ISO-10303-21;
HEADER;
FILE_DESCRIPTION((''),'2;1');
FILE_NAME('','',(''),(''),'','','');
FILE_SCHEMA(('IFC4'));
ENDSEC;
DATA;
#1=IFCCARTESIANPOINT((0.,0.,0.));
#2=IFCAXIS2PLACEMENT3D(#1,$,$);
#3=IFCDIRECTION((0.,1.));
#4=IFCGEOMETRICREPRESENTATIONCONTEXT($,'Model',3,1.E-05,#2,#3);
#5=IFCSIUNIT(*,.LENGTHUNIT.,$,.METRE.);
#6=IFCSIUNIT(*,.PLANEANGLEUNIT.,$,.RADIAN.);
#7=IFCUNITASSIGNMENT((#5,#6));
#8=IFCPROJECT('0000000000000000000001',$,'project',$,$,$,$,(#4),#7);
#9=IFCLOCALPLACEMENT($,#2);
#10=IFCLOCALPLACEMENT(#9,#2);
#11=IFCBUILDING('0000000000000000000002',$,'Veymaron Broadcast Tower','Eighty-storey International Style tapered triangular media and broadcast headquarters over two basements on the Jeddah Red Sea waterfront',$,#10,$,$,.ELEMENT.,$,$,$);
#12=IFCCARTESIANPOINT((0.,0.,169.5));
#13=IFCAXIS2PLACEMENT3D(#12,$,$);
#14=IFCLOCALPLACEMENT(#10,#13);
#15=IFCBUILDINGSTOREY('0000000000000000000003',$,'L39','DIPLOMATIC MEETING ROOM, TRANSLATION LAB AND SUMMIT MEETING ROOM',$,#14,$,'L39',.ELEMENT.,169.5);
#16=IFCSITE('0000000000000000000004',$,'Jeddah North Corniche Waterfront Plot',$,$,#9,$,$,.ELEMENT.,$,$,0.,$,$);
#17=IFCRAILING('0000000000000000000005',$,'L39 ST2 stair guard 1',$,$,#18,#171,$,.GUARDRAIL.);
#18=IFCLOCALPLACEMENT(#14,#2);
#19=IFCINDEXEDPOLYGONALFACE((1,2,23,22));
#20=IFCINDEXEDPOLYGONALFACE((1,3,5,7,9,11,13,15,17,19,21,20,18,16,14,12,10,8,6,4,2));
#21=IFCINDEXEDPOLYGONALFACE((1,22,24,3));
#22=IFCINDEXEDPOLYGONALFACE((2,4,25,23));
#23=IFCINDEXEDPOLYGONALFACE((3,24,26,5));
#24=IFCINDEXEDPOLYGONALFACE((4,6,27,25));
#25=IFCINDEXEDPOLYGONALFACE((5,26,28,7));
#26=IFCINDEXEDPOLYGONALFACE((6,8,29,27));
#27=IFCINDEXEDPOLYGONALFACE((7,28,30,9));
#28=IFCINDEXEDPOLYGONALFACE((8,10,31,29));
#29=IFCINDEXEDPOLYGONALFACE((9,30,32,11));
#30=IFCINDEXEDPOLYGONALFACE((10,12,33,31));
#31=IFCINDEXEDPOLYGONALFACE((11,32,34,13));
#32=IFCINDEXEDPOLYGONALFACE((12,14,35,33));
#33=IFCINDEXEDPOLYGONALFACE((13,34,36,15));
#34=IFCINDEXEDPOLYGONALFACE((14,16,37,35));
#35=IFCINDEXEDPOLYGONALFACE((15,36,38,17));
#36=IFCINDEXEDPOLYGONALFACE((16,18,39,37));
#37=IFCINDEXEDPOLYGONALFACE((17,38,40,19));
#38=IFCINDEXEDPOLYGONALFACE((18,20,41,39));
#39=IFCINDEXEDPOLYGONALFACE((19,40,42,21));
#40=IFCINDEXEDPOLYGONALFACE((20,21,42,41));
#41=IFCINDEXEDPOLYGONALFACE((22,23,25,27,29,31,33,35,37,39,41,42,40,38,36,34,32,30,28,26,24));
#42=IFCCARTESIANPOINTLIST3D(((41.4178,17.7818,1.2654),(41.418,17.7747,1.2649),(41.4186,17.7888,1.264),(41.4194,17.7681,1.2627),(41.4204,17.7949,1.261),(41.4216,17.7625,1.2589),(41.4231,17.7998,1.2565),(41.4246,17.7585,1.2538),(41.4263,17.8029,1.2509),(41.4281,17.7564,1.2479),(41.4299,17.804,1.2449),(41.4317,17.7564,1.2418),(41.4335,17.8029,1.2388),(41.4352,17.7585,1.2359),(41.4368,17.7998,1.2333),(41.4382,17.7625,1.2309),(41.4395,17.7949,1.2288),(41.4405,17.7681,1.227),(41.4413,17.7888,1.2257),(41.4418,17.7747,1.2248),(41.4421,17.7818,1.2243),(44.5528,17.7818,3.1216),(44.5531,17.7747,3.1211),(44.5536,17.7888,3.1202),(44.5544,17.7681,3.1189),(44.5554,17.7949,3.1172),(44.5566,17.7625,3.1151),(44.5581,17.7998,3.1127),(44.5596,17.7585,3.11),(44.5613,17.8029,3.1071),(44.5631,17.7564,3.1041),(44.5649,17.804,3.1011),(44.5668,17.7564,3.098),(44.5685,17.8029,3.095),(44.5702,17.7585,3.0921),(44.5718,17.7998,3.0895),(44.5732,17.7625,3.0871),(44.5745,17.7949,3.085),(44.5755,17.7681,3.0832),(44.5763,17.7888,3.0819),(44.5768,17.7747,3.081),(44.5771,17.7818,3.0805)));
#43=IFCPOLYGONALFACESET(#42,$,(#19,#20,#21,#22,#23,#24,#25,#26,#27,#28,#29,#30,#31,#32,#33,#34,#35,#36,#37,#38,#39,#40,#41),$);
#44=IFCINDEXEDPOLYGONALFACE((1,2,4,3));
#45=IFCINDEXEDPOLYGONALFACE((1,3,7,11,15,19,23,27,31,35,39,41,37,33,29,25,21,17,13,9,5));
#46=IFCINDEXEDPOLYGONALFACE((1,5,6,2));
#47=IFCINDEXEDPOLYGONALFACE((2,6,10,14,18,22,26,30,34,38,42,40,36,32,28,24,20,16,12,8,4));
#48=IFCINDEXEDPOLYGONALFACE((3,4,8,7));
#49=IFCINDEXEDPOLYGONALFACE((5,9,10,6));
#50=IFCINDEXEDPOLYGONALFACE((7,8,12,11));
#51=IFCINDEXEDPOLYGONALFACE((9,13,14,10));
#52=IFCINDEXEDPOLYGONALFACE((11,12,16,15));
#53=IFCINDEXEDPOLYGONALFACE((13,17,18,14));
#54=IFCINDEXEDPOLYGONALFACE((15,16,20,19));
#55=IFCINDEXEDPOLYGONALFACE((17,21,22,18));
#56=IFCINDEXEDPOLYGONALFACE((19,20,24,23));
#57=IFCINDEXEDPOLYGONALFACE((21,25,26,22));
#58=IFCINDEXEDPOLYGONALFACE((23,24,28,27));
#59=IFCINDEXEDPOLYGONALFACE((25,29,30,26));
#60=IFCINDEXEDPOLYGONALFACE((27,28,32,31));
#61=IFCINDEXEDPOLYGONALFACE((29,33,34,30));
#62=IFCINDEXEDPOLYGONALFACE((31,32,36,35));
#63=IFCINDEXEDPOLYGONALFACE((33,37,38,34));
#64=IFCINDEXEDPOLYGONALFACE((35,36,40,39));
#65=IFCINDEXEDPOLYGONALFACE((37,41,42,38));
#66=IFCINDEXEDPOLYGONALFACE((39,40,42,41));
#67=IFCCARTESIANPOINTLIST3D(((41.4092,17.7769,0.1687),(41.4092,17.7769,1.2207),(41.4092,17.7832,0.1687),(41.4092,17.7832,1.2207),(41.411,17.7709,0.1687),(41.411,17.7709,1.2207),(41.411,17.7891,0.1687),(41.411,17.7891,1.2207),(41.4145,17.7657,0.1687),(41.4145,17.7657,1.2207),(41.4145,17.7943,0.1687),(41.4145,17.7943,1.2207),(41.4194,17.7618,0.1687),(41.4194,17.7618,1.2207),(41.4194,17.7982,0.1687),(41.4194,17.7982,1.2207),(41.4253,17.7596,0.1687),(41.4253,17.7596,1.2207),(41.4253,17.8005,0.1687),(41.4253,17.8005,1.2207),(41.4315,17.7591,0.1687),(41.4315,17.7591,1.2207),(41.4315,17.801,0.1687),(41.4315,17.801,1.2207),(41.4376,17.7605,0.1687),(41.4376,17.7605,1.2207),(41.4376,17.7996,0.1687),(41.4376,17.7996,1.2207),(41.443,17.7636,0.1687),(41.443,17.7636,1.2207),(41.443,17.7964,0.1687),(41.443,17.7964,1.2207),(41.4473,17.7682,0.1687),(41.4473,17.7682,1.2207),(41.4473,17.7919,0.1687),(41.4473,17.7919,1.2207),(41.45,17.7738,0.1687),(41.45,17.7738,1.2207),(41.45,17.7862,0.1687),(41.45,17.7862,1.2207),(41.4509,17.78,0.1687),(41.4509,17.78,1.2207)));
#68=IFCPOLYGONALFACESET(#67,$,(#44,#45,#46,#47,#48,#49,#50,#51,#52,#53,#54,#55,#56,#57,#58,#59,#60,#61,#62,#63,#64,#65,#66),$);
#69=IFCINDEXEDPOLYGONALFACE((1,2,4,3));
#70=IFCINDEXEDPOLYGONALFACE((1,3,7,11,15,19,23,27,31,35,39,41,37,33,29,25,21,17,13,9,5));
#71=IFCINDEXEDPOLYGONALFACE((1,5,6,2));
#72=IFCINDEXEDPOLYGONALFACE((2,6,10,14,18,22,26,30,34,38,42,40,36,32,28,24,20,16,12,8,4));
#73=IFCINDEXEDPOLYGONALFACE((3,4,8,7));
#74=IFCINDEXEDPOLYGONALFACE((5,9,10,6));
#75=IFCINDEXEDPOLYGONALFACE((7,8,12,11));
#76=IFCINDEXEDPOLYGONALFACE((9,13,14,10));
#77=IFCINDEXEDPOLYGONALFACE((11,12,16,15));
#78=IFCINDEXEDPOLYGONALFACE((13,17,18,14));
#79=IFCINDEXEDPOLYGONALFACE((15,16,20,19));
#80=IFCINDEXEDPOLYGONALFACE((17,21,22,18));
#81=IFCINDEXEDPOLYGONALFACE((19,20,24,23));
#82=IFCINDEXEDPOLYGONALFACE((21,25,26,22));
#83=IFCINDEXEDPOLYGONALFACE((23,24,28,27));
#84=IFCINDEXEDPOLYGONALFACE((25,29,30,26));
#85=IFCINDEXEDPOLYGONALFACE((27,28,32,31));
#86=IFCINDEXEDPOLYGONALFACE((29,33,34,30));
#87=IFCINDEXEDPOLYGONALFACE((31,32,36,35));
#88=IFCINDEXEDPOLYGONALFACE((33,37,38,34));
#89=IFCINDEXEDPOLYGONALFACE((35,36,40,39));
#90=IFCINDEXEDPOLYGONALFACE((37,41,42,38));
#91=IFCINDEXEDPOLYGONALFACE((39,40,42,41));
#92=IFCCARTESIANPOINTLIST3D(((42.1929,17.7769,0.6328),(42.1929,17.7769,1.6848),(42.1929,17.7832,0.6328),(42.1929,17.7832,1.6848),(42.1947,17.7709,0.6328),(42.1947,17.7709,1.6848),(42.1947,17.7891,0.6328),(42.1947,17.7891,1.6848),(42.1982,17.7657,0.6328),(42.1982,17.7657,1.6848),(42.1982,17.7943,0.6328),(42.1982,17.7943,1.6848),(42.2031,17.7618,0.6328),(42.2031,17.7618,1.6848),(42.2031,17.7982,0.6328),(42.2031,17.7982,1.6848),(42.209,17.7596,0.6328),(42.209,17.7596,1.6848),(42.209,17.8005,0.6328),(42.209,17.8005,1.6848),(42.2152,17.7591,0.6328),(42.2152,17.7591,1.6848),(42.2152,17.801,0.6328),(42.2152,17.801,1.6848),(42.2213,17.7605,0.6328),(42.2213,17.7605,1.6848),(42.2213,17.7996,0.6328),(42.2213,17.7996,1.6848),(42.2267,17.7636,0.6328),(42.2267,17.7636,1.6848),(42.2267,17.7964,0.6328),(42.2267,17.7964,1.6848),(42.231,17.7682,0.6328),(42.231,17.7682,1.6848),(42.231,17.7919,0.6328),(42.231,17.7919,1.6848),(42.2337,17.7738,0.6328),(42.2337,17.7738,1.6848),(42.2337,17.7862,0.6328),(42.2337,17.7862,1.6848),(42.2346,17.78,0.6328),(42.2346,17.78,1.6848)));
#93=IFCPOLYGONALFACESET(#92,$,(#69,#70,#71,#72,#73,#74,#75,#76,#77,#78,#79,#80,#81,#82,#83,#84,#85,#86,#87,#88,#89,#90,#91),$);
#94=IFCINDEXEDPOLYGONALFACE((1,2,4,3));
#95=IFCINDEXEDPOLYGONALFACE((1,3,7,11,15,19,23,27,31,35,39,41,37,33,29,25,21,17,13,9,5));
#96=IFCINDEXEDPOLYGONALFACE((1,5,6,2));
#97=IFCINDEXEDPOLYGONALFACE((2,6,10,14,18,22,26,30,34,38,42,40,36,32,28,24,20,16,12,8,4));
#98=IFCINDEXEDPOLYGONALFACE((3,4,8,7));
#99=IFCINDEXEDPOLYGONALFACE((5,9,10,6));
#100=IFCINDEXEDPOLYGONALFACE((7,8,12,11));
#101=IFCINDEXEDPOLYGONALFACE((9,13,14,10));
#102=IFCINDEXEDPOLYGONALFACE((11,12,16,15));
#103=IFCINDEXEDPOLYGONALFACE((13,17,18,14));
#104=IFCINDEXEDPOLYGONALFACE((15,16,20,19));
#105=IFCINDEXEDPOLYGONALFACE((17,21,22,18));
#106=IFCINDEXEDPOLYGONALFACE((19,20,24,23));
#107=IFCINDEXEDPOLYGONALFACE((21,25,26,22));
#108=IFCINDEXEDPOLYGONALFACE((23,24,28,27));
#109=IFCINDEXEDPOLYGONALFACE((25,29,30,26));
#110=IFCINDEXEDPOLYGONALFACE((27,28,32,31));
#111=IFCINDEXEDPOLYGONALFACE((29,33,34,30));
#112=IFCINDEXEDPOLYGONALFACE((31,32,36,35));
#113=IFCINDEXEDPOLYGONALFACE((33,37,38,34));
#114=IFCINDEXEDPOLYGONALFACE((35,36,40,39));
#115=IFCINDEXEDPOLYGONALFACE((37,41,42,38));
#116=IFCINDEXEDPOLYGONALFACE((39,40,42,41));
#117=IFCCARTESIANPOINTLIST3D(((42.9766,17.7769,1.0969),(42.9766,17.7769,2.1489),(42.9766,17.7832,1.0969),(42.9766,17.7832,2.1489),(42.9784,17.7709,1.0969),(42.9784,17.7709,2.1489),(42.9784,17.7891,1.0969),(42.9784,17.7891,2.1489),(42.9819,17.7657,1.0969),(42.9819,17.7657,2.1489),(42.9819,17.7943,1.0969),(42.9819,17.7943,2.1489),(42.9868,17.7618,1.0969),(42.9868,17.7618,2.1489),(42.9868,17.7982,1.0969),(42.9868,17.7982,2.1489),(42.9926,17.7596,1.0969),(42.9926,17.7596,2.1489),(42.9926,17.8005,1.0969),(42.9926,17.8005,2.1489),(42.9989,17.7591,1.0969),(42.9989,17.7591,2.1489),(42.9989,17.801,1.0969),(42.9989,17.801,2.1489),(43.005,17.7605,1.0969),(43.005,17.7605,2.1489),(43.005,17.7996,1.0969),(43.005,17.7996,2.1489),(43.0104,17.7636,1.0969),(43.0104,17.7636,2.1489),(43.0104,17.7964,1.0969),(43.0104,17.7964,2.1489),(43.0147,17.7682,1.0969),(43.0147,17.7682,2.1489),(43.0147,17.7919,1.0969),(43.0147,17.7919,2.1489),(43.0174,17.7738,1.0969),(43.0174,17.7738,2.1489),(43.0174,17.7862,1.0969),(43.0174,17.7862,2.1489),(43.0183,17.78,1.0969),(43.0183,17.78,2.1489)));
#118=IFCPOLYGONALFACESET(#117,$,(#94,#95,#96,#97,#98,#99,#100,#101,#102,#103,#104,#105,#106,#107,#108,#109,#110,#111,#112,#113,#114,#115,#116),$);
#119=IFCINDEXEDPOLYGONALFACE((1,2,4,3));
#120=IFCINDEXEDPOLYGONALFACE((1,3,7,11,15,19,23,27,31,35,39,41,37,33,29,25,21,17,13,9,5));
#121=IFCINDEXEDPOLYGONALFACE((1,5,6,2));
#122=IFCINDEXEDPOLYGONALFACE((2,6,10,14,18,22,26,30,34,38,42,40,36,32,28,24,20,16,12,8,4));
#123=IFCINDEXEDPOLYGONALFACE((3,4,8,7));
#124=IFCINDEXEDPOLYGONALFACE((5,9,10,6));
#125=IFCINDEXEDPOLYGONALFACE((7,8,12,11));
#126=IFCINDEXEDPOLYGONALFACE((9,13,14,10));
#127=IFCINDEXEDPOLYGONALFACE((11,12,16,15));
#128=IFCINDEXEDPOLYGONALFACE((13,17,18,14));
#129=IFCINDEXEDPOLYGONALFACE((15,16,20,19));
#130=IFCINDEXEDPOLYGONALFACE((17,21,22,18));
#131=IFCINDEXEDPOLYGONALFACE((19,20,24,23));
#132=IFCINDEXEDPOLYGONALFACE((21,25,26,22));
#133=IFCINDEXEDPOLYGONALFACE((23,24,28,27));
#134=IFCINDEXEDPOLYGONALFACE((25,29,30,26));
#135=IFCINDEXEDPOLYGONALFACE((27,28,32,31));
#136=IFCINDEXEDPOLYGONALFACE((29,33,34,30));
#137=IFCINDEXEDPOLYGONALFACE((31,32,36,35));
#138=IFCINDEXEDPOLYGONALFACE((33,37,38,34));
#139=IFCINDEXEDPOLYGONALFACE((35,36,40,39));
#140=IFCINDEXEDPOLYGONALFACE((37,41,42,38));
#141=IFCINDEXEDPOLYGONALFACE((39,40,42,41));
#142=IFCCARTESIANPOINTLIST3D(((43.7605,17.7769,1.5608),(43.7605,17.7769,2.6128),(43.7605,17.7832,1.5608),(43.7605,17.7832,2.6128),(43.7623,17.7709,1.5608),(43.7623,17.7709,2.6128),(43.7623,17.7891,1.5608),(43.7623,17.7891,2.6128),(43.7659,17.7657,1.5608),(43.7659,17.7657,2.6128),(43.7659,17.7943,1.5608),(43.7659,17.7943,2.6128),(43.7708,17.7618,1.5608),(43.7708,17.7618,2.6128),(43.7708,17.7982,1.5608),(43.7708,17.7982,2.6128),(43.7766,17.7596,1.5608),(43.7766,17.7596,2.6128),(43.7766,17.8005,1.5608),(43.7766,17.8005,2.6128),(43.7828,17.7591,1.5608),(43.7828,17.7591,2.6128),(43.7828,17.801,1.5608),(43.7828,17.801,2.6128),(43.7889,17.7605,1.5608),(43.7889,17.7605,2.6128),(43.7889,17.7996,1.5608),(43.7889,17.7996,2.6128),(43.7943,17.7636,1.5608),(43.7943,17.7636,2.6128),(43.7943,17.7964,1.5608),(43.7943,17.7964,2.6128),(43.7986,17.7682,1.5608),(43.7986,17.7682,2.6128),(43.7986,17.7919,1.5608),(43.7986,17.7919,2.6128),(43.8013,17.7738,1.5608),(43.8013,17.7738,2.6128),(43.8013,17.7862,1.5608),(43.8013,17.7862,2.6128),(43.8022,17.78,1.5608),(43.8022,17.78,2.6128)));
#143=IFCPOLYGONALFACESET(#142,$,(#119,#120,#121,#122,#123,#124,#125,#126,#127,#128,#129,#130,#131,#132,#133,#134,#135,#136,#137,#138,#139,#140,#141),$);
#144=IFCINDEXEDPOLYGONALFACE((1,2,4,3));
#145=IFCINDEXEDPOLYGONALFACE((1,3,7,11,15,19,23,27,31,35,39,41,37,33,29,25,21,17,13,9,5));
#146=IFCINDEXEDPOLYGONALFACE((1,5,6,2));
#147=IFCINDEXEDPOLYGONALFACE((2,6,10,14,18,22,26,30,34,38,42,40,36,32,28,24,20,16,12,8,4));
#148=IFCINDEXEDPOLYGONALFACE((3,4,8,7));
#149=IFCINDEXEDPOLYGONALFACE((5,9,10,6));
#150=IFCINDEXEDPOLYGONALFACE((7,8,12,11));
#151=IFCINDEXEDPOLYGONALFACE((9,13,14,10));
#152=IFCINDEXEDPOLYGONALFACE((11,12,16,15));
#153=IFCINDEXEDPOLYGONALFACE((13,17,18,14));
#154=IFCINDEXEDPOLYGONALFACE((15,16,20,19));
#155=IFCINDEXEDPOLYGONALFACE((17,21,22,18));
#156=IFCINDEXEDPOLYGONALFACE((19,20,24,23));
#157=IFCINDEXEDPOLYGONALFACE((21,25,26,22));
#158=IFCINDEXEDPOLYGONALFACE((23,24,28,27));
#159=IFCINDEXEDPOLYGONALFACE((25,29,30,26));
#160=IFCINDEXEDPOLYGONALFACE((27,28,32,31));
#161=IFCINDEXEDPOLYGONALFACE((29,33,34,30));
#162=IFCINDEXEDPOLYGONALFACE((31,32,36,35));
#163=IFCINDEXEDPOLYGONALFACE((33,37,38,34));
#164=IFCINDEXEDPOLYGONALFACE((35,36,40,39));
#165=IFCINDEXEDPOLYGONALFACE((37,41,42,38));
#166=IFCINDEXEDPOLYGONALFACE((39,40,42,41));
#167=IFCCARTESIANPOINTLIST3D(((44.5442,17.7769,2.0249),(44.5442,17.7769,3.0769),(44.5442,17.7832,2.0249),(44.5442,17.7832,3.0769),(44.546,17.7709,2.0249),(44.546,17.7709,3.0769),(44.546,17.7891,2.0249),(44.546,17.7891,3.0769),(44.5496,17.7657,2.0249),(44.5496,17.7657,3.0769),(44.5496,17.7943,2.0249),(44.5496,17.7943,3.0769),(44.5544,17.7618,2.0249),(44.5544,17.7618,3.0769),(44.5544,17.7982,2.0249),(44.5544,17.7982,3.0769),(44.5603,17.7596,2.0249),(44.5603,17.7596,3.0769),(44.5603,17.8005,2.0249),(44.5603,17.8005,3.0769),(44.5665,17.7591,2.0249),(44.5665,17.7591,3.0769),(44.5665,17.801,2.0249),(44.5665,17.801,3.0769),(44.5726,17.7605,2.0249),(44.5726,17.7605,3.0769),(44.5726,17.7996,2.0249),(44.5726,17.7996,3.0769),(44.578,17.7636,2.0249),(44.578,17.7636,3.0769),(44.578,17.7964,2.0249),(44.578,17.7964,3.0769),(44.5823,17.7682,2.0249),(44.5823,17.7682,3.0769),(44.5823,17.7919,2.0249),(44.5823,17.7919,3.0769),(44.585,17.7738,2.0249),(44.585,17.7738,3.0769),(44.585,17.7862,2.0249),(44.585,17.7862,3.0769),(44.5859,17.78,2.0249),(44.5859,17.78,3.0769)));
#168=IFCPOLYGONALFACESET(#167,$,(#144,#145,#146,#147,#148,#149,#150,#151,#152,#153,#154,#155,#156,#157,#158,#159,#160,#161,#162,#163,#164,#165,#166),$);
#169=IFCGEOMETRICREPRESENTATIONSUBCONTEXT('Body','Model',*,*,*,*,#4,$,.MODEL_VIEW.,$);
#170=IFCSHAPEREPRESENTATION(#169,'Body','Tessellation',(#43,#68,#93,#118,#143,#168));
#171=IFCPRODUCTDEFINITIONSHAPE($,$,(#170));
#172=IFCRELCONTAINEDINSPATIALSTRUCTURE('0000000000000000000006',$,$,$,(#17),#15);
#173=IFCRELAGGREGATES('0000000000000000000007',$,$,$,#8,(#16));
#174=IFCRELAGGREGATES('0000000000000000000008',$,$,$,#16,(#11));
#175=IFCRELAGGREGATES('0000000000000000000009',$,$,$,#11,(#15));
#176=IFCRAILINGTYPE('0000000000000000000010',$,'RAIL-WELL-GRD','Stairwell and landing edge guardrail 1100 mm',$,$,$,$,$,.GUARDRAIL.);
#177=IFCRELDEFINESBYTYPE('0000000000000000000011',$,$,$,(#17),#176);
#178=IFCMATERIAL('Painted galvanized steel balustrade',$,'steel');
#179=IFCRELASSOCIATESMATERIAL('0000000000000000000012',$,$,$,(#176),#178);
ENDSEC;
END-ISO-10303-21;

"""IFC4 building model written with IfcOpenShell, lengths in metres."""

from ifc_helpers import new_model, si_unit, direction, frame, origin, origin_2d, place, context, subcontext, project, spatial, circle, extrude, material, type_object, element, save


model = new_model("IFC4")

# Units and contexts
model_context = context("Model", 3, precision=1e-05, world=origin(), true_north=direction((0.0, 1.0)))
body_context = subcontext(model_context, "Body", "Model", "MODEL_VIEW")
ifc_project = project(units=[si_unit("LENGTHUNIT", "METRE"), si_unit("PLANEANGLEUNIT", "RADIAN")], contexts=[model_context])

# Site, building, storey
site_placement = place(None, origin())
site = spatial("IfcSite", under=ifc_project, at=site_placement, Name="Jeddah North Corniche Waterfront Plot", CompositionType="ELEMENT", RefElevation=0.0)
building_placement = place(site_placement, origin())
building = spatial("IfcBuilding", under=site, at=building_placement, Name="Veymaron Broadcast Tower", Description="Eighty-storey International Style tapered triangular media and broadcast headquarters over two basements on the Jeddah Red Sea waterfront", CompositionType="ELEMENT")
storey_placement = place(building_placement, frame((0.0, 0.0, 169.5)))
storey = spatial("IfcBuildingStorey", under=building, at=storey_placement, Name="L39", Description="DIPLOMATIC MEETING ROOM, TRANSLATION LAB AND SUMMIT MEETING ROOM", LongName="L39", CompositionType="ELEMENT", Elevation=169.5)

# Railing
ifc_material_1 = material(Name="Painted galvanized steel balustrade", Category="steel")
railing_type_1 = type_object("IfcRailingType", Name="RAIL-WELL-GRD", Description="Stairwell and landing edge guardrail 1100 mm", PredefinedType="GUARDRAIL", material=ifc_material_1)
railing_1_placement = place(storey_placement, frame((41.4299, 17.78, 0.1687)))
element("IfcRailing", 1, at=railing_1_placement, inside=storey, type_object=railing_type_1, Name="L39 ST2 stair guard 1", PredefinedType="GUARDRAIL", context=body_context, shape_type="SweptSolid", body=[
    extrude(circle(Radius=0.0239, at=origin_2d()), frame((0.0, 0.0, 1.0762), z_axis=(0.860482, 0.0, 0.509481), x_axis=(0.0, 1.0, 0.0)), (0.0, 0.0, 1.0), 3.6433),
    extrude(circle(Radius=0.021, at=origin_2d()), origin(), (0.0, 0.0, 1.0), 1.052),
    extrude(circle(Radius=0.021, at=origin_2d()), frame((0.7837, 0.0, 0.4641)), (0.0, 0.0, 1.0), 1.052),
    extrude(circle(Radius=0.021, at=origin_2d()), frame((1.5674, 0.0, 0.9282)), (0.0, 0.0, 1.0), 1.052),
    extrude(circle(Radius=0.021, at=origin_2d()), frame((2.3513, 0.0, 1.3921)), (0.0, 0.0, 1.0), 1.052),
    extrude(circle(Radius=0.021, at=origin_2d()), frame((3.135, 0.0, 1.8562)), (0.0, 0.0, 1.0), 1.052),
])

save(model, "model.ifc")
